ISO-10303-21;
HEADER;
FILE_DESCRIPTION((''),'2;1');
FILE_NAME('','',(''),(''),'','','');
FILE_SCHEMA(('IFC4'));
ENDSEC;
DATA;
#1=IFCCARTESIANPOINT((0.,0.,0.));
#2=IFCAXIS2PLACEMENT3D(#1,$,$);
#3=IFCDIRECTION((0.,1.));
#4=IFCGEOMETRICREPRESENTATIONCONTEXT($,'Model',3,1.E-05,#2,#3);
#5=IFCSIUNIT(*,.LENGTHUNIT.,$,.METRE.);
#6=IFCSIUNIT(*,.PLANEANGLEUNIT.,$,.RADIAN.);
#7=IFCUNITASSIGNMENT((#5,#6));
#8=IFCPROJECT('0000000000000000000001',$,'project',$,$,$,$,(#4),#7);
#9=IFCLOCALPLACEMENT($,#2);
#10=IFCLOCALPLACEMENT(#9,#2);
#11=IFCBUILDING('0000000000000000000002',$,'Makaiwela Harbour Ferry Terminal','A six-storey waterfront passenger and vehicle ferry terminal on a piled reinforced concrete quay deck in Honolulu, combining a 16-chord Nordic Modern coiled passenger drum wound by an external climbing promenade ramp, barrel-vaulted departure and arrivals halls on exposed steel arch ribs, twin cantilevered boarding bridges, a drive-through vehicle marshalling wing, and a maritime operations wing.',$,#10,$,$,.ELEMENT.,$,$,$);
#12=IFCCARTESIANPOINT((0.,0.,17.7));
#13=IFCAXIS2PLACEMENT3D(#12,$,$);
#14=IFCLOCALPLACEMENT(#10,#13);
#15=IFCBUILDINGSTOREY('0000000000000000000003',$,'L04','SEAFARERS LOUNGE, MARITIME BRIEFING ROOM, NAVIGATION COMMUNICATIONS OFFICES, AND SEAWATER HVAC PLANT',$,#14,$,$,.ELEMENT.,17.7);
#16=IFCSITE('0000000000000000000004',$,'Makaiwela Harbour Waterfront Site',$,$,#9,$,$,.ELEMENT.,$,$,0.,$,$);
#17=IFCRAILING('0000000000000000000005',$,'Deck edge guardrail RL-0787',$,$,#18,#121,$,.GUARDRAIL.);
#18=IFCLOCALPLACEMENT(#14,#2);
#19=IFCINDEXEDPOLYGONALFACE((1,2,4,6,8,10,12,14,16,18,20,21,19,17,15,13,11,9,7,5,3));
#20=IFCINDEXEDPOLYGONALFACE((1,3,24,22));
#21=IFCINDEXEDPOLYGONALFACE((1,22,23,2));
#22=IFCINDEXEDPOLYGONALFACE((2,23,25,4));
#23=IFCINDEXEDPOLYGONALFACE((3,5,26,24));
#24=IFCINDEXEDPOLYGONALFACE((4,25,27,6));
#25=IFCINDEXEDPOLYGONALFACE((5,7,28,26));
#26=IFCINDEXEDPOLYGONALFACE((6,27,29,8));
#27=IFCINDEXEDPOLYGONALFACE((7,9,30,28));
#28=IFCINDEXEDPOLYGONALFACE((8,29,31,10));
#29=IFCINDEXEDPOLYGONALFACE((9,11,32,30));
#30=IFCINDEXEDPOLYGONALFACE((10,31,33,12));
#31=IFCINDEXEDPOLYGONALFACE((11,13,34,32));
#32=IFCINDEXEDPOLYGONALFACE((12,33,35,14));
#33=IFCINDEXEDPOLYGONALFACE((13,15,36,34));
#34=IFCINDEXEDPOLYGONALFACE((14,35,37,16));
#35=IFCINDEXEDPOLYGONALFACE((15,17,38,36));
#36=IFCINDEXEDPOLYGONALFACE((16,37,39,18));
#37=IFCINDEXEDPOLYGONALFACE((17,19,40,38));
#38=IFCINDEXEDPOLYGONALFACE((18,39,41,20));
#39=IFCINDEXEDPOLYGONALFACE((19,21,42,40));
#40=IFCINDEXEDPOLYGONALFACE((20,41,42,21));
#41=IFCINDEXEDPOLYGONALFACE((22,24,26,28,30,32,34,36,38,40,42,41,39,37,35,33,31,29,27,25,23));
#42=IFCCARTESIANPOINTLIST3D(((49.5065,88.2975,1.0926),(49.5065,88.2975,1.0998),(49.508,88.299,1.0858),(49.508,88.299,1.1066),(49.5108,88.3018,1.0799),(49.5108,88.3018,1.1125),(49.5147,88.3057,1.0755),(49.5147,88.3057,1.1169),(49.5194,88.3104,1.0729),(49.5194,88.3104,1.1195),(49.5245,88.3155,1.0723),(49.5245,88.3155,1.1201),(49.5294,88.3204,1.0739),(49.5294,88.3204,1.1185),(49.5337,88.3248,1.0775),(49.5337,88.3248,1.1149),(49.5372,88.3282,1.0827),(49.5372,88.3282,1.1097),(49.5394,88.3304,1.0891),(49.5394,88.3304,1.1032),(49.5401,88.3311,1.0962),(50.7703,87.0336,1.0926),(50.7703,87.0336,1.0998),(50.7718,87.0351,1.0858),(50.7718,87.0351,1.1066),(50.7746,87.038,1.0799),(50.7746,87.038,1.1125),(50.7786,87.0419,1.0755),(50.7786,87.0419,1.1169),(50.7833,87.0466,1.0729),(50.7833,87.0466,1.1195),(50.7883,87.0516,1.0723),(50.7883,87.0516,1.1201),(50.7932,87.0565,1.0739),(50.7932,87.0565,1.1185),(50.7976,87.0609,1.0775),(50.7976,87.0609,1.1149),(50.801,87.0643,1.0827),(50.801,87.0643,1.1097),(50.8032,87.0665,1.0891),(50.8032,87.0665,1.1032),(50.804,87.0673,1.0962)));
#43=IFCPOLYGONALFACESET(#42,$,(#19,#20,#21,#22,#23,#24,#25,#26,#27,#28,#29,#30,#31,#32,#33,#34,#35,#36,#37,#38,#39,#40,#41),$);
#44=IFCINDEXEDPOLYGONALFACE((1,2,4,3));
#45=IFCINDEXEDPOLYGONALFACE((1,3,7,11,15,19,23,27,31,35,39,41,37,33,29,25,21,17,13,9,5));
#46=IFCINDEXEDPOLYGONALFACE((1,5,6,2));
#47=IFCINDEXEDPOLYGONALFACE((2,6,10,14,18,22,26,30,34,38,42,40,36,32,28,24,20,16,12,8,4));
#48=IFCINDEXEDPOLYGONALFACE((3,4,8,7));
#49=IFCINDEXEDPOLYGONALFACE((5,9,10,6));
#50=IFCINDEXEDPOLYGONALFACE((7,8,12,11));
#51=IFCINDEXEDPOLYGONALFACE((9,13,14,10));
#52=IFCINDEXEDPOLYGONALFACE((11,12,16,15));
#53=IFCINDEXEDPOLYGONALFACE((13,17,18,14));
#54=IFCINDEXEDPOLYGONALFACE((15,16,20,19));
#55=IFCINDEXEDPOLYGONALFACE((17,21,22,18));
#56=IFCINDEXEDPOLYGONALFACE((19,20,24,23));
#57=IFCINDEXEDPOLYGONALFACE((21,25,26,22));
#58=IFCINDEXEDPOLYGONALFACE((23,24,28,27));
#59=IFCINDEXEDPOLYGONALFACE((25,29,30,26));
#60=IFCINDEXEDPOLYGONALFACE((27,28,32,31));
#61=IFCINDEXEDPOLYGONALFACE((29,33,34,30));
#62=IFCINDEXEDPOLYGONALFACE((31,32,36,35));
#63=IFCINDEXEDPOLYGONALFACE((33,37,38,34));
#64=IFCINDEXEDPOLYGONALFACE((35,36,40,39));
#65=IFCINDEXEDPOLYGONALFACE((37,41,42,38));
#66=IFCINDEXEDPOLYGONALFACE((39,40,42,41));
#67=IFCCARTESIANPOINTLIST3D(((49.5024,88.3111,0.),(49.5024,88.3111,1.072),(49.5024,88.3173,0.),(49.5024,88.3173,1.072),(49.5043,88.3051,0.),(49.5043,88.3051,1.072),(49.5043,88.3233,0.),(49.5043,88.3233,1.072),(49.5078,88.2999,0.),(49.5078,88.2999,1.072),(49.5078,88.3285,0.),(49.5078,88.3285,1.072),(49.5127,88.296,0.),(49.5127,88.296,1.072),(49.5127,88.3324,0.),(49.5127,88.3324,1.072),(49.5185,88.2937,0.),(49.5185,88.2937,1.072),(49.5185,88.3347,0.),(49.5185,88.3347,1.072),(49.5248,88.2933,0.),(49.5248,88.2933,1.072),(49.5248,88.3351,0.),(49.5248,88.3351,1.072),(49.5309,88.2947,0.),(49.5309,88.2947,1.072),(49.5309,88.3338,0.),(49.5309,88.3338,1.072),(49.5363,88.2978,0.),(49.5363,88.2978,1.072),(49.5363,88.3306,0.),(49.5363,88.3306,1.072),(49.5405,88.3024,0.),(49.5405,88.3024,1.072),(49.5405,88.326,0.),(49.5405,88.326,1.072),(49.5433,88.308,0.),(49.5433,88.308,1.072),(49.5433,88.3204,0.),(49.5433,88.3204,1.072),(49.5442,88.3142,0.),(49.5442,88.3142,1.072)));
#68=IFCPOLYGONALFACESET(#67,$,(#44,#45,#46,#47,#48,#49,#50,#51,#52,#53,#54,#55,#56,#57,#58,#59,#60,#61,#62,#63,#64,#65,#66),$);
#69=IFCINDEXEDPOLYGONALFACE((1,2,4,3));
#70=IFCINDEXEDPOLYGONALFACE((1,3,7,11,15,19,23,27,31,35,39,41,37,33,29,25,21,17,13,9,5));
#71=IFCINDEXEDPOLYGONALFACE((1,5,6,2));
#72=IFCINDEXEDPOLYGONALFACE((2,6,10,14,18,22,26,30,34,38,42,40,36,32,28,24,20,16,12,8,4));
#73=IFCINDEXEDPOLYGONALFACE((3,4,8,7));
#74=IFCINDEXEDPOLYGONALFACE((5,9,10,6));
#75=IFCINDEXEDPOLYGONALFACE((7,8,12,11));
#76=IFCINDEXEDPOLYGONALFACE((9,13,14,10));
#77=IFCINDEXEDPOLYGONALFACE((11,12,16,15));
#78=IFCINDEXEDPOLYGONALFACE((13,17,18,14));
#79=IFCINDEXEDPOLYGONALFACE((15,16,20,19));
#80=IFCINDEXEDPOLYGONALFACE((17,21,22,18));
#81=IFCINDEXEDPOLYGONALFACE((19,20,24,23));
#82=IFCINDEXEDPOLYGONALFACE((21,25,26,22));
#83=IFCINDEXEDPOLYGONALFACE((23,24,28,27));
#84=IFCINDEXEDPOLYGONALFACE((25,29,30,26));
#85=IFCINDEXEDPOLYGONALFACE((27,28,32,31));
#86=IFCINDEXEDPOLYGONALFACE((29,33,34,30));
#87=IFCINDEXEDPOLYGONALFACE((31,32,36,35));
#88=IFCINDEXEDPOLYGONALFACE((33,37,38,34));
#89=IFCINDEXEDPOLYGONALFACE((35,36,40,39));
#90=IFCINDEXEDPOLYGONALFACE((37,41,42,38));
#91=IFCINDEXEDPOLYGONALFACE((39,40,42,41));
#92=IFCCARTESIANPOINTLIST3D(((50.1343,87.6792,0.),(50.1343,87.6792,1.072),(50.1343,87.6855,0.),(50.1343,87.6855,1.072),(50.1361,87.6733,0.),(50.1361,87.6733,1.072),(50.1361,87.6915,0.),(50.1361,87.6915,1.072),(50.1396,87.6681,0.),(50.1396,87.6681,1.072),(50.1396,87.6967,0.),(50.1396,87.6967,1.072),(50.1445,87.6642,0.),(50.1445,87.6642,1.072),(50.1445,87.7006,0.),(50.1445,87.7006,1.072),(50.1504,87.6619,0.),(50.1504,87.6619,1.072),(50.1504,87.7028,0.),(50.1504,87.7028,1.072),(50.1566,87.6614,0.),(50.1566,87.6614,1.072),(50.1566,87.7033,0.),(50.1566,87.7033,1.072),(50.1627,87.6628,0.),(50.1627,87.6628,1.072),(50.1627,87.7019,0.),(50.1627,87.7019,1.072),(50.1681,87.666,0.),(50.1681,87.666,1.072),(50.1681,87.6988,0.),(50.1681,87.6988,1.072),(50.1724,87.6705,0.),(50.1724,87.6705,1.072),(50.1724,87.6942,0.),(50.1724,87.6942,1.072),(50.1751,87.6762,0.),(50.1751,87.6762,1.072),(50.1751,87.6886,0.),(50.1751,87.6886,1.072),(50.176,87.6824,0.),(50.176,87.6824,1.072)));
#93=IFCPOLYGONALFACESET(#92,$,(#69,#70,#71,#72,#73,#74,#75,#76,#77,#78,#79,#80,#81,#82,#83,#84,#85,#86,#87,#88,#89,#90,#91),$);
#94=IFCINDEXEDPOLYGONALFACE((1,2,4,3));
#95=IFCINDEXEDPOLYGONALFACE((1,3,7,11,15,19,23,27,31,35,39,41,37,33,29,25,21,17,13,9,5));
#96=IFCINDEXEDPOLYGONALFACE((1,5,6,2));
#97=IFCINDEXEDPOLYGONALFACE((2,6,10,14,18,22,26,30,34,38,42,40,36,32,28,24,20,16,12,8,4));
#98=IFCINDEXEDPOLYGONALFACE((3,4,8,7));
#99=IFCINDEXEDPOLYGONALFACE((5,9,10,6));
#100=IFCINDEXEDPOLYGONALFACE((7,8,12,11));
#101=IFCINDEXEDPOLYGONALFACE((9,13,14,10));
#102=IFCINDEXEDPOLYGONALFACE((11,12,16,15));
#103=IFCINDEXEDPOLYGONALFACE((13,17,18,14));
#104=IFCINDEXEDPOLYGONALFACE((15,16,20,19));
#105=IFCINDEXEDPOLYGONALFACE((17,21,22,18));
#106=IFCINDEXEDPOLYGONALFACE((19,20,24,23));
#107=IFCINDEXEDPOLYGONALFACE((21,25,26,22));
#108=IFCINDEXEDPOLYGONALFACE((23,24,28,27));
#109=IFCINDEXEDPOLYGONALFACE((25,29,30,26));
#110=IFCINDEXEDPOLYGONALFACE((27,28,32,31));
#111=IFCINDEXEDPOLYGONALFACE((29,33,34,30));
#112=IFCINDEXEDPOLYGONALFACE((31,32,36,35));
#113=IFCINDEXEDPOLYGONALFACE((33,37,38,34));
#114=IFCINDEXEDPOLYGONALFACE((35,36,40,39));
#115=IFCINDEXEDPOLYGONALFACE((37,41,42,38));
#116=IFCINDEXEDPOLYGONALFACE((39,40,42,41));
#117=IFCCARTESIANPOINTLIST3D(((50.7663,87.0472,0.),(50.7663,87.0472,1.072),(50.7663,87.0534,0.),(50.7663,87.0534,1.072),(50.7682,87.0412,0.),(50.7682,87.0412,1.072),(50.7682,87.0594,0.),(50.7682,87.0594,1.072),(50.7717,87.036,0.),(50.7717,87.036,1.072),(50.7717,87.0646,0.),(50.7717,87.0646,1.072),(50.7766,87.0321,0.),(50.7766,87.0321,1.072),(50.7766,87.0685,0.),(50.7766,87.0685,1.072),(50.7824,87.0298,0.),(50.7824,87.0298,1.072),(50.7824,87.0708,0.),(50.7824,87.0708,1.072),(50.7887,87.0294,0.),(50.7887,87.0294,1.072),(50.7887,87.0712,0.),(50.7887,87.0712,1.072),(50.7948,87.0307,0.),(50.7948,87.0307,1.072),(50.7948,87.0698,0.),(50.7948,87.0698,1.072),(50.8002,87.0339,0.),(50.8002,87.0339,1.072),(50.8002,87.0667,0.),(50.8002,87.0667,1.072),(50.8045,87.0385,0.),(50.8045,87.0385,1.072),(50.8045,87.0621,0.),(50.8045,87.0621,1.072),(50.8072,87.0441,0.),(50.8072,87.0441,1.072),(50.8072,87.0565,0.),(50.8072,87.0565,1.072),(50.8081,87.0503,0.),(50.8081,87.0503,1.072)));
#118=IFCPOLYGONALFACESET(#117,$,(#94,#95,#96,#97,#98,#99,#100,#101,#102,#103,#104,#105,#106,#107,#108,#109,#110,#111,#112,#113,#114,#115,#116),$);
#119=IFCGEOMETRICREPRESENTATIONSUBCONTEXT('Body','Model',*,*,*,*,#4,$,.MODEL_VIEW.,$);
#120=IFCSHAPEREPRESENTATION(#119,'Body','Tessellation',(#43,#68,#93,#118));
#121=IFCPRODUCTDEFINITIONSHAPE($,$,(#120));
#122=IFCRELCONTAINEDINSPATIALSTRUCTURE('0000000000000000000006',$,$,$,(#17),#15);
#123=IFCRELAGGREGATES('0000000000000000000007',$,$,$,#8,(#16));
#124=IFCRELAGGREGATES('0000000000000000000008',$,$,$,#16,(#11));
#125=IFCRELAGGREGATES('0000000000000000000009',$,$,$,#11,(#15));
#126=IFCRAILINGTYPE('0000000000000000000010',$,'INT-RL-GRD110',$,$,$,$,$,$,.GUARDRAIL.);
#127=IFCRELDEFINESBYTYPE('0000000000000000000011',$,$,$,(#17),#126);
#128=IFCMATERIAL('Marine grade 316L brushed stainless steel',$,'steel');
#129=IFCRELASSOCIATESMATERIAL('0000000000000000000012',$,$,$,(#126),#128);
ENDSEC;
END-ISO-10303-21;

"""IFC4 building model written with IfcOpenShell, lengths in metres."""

from ifc_helpers import new_model, si_unit, direction, frame, origin, origin_2d, place, context, subcontext, project, spatial, circle, extrude, material, type_object, element, save


model = new_model("IFC4")

# Units and contexts
model_context = context("Model", 3, precision=1e-05, world=origin(), true_north=direction((0.0, 1.0)))
body_context = subcontext(model_context, "Body", "Model", "MODEL_VIEW")
ifc_project = project(units=[si_unit("LENGTHUNIT", "METRE"), si_unit("PLANEANGLEUNIT", "RADIAN")], contexts=[model_context])

# Site, building, storey
site_placement = place(None, origin())
site = spatial("IfcSite", under=ifc_project, at=site_placement, Name="Makaiwela Harbour Waterfront Site", CompositionType="ELEMENT", RefElevation=0.0)
building_placement = place(site_placement, origin())
building = spatial("IfcBuilding", under=site, at=building_placement, Name="Makaiwela Harbour Ferry Terminal", Description="A six-storey waterfront passenger and vehicle ferry terminal on a piled reinforced concrete quay deck in Honolulu, combining a 16-chord Nordic Modern coiled passenger drum wound by an external climbing promenade ramp, barrel-vaulted departure and arrivals halls on exposed steel arch ribs, twin cantilevered boarding bridges, a drive-through vehicle marshalling wing, and a maritime operations wing.", CompositionType="ELEMENT")
storey_placement = place(building_placement, frame((0.0, 0.0, 17.7)))
storey = spatial("IfcBuildingStorey", under=building, at=storey_placement, Name="L04", Description="SEAFARERS LOUNGE, MARITIME BRIEFING ROOM, NAVIGATION COMMUNICATIONS OFFICES, AND SEAWATER HVAC PLANT", CompositionType="ELEMENT", Elevation=17.7)

# Railing
ifc_material_1 = material(Name="Marine grade 316L brushed stainless steel", Category="steel")
railing_type = type_object("IfcRailingType", Name="INT-RL-GRD110", PredefinedType="GUARDRAIL", material=ifc_material_1)
railing_1_placement = place(storey_placement, frame((49.5232, 88.3142, 0.0)))
element("IfcRailing", 1, at=railing_1_placement, inside=storey, type_object=railing_type, Name="Deck edge guardrail RL-0787", PredefinedType="GUARDRAIL", context=body_context, shape_type="SweptSolid", body=[
    extrude(circle(Radius=0.0239, at=origin_2d()), frame((0.0, 0.0, 1.0962), z_axis=(0.707107, -0.707107, 0.0), x_axis=(0.707107, 0.707107, 0.0)), (0.0, 0.0, 1.0), 1.7874),
    extrude(circle(Radius=0.021, at=origin_2d()), origin(), (0.0, 0.0, 1.0), 1.072),
    extrude(circle(Radius=0.021, at=origin_2d()), frame((0.6318, -0.6318, 0.0)), (0.0, 0.0, 1.0), 1.072),
    extrude(circle(Radius=0.021, at=origin_2d()), frame((1.2639, -1.2639, 0.0)), (0.0, 0.0, 1.0), 1.072),
])

save(model, "model.ifc")
